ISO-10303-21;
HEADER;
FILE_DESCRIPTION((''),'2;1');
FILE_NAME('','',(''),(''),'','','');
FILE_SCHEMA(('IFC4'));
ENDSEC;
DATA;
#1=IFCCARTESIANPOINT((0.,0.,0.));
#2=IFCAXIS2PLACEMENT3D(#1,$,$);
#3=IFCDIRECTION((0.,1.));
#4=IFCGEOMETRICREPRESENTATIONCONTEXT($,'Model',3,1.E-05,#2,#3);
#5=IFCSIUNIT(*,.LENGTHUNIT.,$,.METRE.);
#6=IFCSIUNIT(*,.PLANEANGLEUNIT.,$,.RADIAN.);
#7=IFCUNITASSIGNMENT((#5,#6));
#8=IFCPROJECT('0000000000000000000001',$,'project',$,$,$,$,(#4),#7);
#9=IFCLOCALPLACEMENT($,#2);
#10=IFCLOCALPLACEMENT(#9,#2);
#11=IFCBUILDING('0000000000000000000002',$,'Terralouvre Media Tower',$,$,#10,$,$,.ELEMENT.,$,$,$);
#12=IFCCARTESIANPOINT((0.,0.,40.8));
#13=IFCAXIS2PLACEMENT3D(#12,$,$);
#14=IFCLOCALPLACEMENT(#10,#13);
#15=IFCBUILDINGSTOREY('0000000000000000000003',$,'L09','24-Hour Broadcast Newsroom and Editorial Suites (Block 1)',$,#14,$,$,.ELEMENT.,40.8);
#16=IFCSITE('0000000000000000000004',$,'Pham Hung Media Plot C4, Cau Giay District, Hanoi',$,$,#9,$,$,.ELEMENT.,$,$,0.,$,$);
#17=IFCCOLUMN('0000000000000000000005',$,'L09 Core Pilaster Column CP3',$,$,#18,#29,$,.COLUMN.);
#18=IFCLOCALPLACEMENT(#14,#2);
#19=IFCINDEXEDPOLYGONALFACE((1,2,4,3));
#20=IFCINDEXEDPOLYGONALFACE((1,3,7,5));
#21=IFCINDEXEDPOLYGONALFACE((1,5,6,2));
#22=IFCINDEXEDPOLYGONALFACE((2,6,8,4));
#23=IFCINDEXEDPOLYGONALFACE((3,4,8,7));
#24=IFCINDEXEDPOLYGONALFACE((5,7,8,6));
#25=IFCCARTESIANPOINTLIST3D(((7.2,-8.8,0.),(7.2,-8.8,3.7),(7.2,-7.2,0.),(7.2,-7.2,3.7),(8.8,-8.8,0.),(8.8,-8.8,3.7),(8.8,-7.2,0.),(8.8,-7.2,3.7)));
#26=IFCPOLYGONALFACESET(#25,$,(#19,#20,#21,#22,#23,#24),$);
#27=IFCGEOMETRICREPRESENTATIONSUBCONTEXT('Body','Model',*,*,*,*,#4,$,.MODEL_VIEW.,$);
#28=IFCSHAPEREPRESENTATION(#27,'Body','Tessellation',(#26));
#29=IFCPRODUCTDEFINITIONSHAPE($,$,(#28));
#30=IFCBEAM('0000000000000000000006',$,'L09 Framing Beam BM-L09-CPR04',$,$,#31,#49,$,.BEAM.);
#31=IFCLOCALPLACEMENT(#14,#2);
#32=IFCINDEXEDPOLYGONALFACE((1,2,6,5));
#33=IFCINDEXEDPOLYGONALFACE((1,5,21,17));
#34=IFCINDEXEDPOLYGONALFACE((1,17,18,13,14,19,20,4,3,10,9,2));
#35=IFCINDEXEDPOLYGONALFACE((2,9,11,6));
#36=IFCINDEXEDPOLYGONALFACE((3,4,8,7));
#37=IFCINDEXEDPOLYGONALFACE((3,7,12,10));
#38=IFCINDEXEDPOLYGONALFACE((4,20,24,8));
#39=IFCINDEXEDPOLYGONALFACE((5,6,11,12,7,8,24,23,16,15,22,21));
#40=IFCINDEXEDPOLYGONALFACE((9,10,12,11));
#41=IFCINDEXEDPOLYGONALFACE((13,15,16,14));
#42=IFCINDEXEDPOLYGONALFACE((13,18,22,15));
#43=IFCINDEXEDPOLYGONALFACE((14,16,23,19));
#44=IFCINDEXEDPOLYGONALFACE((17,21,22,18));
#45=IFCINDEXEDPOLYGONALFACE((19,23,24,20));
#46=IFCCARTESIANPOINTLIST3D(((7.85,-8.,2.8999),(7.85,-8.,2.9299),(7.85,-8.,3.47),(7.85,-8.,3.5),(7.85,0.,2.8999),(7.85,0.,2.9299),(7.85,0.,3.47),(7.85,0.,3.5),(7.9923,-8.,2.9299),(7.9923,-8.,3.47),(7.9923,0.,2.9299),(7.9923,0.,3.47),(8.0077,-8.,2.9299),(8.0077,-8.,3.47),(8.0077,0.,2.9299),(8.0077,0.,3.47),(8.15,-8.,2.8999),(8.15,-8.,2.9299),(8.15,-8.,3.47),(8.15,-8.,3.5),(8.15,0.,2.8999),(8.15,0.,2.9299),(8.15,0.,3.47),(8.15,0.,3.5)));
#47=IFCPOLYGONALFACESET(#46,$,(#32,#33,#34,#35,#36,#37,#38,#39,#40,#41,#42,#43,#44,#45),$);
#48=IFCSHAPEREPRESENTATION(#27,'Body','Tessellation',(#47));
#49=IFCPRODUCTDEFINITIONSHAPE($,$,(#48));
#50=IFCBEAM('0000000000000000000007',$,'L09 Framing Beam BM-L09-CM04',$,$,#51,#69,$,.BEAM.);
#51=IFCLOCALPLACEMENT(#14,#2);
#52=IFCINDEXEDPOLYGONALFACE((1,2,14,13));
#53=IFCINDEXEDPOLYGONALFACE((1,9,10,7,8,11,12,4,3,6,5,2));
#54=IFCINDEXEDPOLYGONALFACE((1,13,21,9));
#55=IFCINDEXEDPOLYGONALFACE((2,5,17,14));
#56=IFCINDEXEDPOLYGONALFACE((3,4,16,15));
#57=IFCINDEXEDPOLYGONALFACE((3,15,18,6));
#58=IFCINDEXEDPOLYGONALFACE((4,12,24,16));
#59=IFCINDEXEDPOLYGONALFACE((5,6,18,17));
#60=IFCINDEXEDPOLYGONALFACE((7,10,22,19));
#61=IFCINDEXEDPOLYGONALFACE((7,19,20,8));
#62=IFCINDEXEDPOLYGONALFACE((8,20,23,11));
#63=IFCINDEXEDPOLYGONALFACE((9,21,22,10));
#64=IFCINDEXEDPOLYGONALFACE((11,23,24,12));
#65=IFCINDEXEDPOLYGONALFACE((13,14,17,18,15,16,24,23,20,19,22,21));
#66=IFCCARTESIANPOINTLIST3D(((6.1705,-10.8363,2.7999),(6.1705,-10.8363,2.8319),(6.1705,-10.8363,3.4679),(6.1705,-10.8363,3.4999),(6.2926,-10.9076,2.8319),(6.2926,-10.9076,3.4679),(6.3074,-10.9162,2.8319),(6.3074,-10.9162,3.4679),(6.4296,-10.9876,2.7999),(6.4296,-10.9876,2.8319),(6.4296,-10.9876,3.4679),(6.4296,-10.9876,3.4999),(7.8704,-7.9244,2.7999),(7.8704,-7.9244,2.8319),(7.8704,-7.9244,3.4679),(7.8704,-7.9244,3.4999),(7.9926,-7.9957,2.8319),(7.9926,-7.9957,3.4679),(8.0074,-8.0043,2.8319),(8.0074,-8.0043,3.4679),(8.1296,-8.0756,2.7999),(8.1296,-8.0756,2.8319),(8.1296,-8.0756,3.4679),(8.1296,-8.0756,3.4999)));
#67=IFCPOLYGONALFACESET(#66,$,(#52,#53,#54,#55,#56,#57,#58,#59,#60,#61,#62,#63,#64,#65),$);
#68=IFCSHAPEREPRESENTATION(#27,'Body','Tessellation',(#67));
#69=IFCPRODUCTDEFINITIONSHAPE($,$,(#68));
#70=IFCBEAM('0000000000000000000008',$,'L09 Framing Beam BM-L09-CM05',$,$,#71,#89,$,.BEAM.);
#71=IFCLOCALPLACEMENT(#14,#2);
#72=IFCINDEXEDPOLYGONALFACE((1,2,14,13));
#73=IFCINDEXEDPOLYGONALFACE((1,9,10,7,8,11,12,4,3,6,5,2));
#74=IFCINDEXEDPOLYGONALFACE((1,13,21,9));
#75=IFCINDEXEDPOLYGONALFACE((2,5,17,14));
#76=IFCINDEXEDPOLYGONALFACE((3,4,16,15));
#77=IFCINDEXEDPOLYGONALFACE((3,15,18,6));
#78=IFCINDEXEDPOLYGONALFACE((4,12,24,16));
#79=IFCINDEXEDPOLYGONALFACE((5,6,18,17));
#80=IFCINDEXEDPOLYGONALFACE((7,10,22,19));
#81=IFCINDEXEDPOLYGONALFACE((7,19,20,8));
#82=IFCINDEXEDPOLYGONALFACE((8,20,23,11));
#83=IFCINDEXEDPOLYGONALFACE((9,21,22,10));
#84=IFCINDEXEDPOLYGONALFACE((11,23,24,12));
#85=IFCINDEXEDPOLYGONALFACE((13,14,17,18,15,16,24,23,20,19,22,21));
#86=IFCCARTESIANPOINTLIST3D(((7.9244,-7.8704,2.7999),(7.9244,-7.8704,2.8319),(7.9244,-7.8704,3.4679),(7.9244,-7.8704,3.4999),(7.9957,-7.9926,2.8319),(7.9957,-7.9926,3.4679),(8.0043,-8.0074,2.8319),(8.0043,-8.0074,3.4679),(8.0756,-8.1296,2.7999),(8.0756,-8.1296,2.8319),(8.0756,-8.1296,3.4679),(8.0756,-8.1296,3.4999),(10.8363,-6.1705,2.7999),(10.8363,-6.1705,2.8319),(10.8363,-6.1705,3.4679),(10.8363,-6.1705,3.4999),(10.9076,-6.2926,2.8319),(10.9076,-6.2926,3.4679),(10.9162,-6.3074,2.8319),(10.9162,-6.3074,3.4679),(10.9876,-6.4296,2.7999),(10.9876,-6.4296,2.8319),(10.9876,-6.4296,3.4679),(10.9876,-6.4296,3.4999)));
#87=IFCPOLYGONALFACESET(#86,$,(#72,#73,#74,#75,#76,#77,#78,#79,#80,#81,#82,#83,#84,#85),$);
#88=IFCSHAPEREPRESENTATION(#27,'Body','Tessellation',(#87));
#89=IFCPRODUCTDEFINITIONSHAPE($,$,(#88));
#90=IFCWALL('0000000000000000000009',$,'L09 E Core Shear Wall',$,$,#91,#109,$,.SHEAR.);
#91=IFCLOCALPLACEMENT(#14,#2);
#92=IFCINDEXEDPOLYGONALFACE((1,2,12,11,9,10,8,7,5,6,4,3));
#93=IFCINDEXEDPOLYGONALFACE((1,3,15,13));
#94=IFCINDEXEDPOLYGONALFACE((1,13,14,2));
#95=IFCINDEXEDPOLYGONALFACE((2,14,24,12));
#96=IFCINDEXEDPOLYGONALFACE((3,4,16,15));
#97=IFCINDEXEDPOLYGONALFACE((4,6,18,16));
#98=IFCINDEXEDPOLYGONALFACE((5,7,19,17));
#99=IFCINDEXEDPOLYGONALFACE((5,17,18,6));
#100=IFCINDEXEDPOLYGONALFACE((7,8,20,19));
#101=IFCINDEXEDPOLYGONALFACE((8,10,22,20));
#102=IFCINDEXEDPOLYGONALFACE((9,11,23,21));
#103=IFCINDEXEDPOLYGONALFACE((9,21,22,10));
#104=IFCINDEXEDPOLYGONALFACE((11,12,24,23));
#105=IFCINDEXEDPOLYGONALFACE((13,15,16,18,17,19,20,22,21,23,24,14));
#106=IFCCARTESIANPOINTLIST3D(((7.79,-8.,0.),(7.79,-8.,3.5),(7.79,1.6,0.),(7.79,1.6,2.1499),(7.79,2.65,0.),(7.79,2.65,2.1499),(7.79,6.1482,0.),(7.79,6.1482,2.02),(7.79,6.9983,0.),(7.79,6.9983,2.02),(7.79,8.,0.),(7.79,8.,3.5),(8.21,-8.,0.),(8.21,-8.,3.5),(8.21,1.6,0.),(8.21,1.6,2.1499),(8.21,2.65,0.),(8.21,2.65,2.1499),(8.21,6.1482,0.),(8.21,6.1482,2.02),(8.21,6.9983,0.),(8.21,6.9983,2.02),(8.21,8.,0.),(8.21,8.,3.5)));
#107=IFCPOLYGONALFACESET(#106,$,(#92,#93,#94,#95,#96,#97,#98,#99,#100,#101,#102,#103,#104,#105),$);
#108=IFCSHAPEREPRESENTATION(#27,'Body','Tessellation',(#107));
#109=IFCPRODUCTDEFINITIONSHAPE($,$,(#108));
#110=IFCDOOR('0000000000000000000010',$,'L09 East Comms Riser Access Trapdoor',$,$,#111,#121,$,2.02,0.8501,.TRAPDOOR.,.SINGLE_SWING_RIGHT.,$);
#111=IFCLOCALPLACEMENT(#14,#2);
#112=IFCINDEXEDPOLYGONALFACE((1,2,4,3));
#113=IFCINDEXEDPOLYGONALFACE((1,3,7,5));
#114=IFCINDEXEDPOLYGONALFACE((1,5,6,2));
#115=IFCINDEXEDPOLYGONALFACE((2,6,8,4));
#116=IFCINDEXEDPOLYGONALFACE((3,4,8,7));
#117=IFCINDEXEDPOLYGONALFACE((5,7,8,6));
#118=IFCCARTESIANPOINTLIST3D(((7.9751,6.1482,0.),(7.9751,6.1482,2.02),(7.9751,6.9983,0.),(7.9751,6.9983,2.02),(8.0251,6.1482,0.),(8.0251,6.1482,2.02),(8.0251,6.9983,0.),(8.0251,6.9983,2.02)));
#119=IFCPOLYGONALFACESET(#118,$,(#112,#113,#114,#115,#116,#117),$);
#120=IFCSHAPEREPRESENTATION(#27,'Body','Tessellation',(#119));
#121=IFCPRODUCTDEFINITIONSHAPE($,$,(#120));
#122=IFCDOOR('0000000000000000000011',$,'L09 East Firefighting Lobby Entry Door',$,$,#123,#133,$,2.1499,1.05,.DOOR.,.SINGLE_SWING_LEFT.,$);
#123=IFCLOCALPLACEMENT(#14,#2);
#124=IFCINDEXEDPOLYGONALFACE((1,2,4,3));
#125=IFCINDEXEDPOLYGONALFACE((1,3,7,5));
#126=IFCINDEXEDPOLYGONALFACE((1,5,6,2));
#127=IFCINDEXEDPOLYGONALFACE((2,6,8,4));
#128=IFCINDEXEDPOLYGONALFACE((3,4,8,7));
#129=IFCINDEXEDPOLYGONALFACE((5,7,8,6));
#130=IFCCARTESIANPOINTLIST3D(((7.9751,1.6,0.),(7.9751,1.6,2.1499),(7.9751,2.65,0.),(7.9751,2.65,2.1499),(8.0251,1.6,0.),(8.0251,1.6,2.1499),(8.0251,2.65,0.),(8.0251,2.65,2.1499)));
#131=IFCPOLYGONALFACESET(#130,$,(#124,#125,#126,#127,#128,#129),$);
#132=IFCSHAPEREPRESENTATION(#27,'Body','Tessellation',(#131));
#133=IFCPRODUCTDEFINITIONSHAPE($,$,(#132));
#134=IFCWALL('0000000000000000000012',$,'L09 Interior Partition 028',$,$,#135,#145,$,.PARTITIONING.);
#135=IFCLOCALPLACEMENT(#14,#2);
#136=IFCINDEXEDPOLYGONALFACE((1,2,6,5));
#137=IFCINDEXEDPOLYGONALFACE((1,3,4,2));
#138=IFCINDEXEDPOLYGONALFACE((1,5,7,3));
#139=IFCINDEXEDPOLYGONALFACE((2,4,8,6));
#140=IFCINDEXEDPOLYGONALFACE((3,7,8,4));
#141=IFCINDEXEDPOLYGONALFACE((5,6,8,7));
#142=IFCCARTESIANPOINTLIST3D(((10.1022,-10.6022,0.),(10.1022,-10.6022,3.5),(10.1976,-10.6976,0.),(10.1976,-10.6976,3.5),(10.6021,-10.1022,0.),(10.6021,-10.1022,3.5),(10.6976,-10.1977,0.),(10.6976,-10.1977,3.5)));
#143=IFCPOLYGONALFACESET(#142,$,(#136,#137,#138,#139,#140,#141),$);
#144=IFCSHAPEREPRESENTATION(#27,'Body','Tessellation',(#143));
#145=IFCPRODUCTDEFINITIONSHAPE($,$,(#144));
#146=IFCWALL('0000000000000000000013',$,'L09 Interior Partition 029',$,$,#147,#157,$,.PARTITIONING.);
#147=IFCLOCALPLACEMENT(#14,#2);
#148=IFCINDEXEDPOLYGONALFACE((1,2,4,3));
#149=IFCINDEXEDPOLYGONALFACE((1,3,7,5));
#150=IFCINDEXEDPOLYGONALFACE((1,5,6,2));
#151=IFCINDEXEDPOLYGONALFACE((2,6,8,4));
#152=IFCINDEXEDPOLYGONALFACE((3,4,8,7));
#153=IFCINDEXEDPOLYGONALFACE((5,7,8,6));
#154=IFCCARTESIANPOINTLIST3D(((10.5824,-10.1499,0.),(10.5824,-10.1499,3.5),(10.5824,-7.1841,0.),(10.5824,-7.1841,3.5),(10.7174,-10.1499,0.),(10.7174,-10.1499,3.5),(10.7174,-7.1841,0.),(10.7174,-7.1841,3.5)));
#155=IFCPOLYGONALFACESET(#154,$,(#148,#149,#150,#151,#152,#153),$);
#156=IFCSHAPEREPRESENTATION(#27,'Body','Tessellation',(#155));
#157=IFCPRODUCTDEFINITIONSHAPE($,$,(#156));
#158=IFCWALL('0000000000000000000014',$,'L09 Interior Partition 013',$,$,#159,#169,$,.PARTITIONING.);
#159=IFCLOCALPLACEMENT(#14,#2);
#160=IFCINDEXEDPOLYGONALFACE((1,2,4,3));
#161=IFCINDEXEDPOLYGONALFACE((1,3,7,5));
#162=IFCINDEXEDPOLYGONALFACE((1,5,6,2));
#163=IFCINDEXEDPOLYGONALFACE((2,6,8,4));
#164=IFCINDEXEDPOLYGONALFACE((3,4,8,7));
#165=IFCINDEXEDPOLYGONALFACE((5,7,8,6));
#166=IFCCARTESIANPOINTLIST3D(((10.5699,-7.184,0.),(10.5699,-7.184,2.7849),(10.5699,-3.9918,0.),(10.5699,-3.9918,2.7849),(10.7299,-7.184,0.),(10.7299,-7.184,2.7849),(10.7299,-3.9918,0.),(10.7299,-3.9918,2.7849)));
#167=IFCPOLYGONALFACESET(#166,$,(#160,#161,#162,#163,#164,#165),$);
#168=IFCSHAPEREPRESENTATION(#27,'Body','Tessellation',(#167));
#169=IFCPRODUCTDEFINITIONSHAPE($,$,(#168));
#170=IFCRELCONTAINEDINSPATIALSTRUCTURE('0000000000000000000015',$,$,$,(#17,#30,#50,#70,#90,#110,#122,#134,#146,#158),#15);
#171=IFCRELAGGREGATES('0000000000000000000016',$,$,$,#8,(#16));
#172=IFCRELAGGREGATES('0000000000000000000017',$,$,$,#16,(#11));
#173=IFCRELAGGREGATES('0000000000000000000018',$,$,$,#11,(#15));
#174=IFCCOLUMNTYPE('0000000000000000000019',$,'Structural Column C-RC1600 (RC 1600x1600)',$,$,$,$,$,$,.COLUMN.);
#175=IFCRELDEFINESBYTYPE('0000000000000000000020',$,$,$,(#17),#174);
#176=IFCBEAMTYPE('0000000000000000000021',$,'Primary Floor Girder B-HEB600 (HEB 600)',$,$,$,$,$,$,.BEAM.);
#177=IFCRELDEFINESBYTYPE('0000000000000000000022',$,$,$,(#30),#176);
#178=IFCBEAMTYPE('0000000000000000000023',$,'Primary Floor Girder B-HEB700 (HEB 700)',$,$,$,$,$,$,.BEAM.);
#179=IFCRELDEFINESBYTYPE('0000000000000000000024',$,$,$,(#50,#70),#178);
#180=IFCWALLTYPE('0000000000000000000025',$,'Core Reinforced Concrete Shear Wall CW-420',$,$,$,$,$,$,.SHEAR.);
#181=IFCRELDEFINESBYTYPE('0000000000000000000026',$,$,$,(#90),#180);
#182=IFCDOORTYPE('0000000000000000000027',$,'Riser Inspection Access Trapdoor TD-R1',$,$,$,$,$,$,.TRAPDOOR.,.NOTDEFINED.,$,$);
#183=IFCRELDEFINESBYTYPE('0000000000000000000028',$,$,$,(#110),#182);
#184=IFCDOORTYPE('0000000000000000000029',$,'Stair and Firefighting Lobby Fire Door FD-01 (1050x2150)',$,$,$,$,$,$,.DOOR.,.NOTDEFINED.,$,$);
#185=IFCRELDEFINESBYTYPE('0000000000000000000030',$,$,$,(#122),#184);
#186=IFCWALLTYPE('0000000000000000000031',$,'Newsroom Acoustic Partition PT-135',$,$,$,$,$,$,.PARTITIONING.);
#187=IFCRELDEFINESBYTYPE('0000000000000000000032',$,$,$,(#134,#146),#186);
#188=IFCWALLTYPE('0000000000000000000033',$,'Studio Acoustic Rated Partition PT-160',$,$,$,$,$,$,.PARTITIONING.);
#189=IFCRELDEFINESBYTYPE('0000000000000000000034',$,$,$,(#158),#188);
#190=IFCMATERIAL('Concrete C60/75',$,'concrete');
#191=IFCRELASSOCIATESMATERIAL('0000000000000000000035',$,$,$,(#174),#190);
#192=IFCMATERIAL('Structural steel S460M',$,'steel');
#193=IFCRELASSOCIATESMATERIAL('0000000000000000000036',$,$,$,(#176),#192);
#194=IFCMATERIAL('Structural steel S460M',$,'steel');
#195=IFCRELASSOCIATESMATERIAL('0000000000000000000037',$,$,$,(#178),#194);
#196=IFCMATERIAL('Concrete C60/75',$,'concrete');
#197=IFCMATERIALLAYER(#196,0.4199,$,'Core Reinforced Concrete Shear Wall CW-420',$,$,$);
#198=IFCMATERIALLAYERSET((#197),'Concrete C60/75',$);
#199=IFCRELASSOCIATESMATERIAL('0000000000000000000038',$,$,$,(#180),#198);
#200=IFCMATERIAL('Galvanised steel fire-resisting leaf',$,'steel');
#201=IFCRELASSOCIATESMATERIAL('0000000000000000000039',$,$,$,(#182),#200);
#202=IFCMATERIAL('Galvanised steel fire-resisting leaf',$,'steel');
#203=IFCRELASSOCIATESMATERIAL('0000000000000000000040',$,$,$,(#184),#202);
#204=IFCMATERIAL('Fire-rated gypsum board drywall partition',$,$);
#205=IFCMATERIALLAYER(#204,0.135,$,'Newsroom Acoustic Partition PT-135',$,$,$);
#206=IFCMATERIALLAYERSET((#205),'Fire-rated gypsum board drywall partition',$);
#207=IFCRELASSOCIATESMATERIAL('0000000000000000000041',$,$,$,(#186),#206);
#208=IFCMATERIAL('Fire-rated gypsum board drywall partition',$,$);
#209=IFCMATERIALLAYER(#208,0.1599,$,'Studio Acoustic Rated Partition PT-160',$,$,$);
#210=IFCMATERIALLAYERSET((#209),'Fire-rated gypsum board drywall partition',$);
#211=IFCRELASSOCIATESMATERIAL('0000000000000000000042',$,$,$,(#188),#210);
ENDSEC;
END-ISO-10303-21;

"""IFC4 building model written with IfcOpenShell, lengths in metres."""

from ifc_helpers import new_model, si_unit, direction, frame, frame_2d, origin, origin_2d, place, context, subcontext, project, spatial, rectangle, i_section, extrude, material, layer, layer_set, material_profile, profile_set, type_object, element, fill, save


model = new_model("IFC4")

# Units and contexts
model_context = context("Model", 3, precision=1e-05, world=origin(), true_north=direction((0.0, 1.0)))
body_context = subcontext(model_context, "Body", "Model", "MODEL_VIEW")
ifc_project = project(units=[si_unit("LENGTHUNIT", "METRE"), si_unit("PLANEANGLEUNIT", "RADIAN")], contexts=[model_context])

# Site, building, storey
site_placement = place(None, origin())
site = spatial("IfcSite", under=ifc_project, at=site_placement, Name="Pham Hung Media Plot C4, Cau Giay District, Hanoi", CompositionType="ELEMENT", RefElevation=0.0)
building_placement = place(site_placement, origin())
building = spatial("IfcBuilding", under=site, at=building_placement, Name="Terralouvre Media Tower", CompositionType="ELEMENT")
storey_placement = place(building_placement, frame((0.0, 0.0, 40.8)))
storey = spatial("IfcBuildingStorey", under=building, at=storey_placement, Name="L09", Description="24-Hour Broadcast Newsroom and Editorial Suites (Block 1)", CompositionType="ELEMENT", Elevation=40.8)

# Column
ifc_material_1 = material(Name="Concrete C60/75", Category="concrete")
ifc_material_profile_1 = material_profile(ifc_material_1, rectangle(XDim=1.6001, YDim=1.6001, at=origin_2d()), Name="RC 1600x1600")
ifc_profile_set_1 = profile_set([ifc_material_profile_1], Name="Concrete C60/75")
column_type = type_object("IfcColumnType", Name="Structural Column C-RC1600 (RC 1600x1600)", PredefinedType="COLUMN", material=ifc_profile_set_1)
column_placement = place(storey_placement, frame((8.0, -8.0, 0.0), z_axis=(0.0, 0.0, 1.0), x_axis=(1.0, 0.0, 0.0)))
element("IfcColumn", 1, at=column_placement, inside=storey, type_object=column_type, Name="L09 Core Pilaster Column CP3", PredefinedType="COLUMN", context=body_context, shape_type="SweptSolid", body=[
    extrude(rectangle(XDim=1.6001, YDim=1.6001, at=origin_2d()), origin(), (0.0, 0.0, 1.0), 3.7),
])

# Beams
ifc_material_2 = material(Name="Structural steel S460M", Category="steel")
ifc_material_profile_2 = material_profile(ifc_material_2, i_section(OverallWidth=0.3, OverallDepth=0.6001, WebThickness=0.0154, FlangeThickness=0.03, at=origin_2d()), Name="HEB 600")
ifc_profile_set_2 = profile_set([ifc_material_profile_2], Name="Structural steel S460M")
beam_type_1 = type_object("IfcBeamType", Name="Primary Floor Girder B-HEB600 (HEB 600)", PredefinedType="BEAM", material=ifc_profile_set_2)
beam_placement = place(storey_placement, frame((8.0, -8.0, 3.2), z_axis=(0.0, 1.0, 0.0), x_axis=(-1.0, 0.0, 0.0)))
element("IfcBeam", 2, at=beam_placement, inside=storey, type_object=beam_type_1, Name="L09 Framing Beam BM-L09-CPR04", PredefinedType="BEAM", context=body_context, shape_type="SweptSolid", body=[
    extrude(i_section(OverallWidth=0.3, OverallDepth=0.6001, WebThickness=0.0154, FlangeThickness=0.03, at=origin_2d()), origin(), (0.0, 0.0, 1.0), 8.0),
])
ifc_material_3 = material(Name="Structural steel S460M", Category="steel")
ifc_material_profile_3 = material_profile(ifc_material_3, i_section(OverallWidth=0.3, OverallDepth=0.7, WebThickness=0.0171, FlangeThickness=0.032, at=origin_2d()), Name="HEB 700")
ifc_profile_set_3 = profile_set([ifc_material_profile_3], Name="Structural steel S460M")
beam_type_2 = type_object("IfcBeamType", Name="Primary Floor Girder B-HEB700 (HEB 700)", PredefinedType="BEAM", material=ifc_profile_set_3)
for number, where, z_axis, x_axis, name in (
    (3, (8.0, -8.0, 3.1499), (-0.504173, -0.863603, 0.0), (0.863603, -0.504173, 0.0), "L09 Framing Beam BM-L09-CM04"),
    (4, (8.0, -8.0, 3.1499), (0.863603, 0.504173, 0.0), (-0.504173, 0.863603, 0.0), "L09 Framing Beam BM-L09-CM05"),
):
    element("IfcBeam", number, at=place(storey_placement, frame(where, z_axis=z_axis, x_axis=x_axis)), inside=storey, type_object=beam_type_2, Name=name, PredefinedType="BEAM", context=body_context, shape_type="SweptSolid", body=[
        extrude(i_section(OverallWidth=0.3, OverallDepth=0.7, WebThickness=0.0171, FlangeThickness=0.032, at=origin_2d()), origin(), (0.0, 0.0, 1.0), 3.3718),
    ])

# Wall, openings, doors
ifc_material_4 = material(Name="Concrete C60/75", Category="concrete")
ifc_layer_1 = layer(ifc_material_4, 0.4199, Name="Core Reinforced Concrete Shear Wall CW-420")
ifc_layer_set_1 = layer_set([ifc_layer_1], Name="Concrete C60/75")
wall_type_1 = type_object("IfcWallType", Name="Core Reinforced Concrete Shear Wall CW-420", PredefinedType="SHEAR", material=ifc_layer_set_1)
wall_1_placement = place(storey_placement, frame((8.0, -8.0, 0.0), z_axis=(0.0, 0.0, 1.0), x_axis=(0.0, 1.0, 0.0)))
wall_1 = element("IfcWall", 5, at=wall_1_placement, inside=storey, type_object=wall_type_1, Name="L09 E Core Shear Wall", PredefinedType="SHEAR", context=body_context, shape_type="SweptSolid", body=[
    extrude(rectangle(XDim=16.0, YDim=0.4199, at=frame_2d((8.0, 0.0))), origin(), (0.0, 0.0, 1.0), 3.5),
])
opening_1_placement = place(wall_1_placement, frame((9.6001, 0.0, 0.0)))
opening_1 = element("IfcOpeningElement", 6, at=opening_1_placement, cuts=wall_1, PredefinedType="OPENING", context=body_context, shape_type="SweptSolid", body=[
    extrude(rectangle(XDim=1.05, YDim=2.1499, at=frame_2d((0.5249, 1.075))), frame((0.0, 0.22, 0.0), z_axis=(0.0, -1.0, 0.0), x_axis=(1.0, 0.0, 0.0)), (0.0, 0.0, 1.0), 0.4399),
])
opening_2_placement = place(wall_1_placement, frame((14.1482, 0.0, 0.0)))
opening_2 = element("IfcOpeningElement", 7, at=opening_2_placement, cuts=wall_1, PredefinedType="OPENING", context=body_context, shape_type="SweptSolid", body=[
    extrude(rectangle(XDim=0.8501, YDim=2.02, at=frame_2d((0.425, 1.01))), frame((0.0, 0.22, 0.0), z_axis=(0.0, -1.0, 0.0), x_axis=(1.0, 0.0, 0.0)), (0.0, 0.0, 1.0), 0.4399),
])
ifc_material_5 = material(Name="Galvanised steel fire-resisting leaf", Category="steel")
door_type_1 = type_object("IfcDoorType", Name="Riser Inspection Access Trapdoor TD-R1", OperationType="NOTDEFINED", PredefinedType="TRAPDOOR", material=ifc_material_5)
door_1_placement = place(opening_2_placement, origin())
door_1 = element("IfcDoor", 8, at=door_1_placement, inside=storey, type_object=door_type_1, Name="L09 East Comms Riser Access Trapdoor", OperationType="SINGLE_SWING_RIGHT", OverallHeight=2.02, OverallWidth=0.8501, PredefinedType="TRAPDOOR", context=body_context, shape_type="SweptSolid", body=[
    extrude(rectangle(XDim=0.8501, YDim=2.02, at=frame_2d((0.425, 1.01))), frame((0.0, 0.0249, 0.0), z_axis=(0.0, -1.0, 0.0), x_axis=(1.0, 0.0, 0.0)), (0.0, 0.0, 1.0), 0.05),
])
fill(opening_2, door_1)
ifc_material_6 = material(Name="Galvanised steel fire-resisting leaf", Category="steel")
door_type_2 = type_object("IfcDoorType", Name="Stair and Firefighting Lobby Fire Door FD-01 (1050x2150)", OperationType="NOTDEFINED", PredefinedType="DOOR", material=ifc_material_6)
door_2_placement = place(opening_1_placement, origin())
door_2 = element("IfcDoor", 9, at=door_2_placement, inside=storey, type_object=door_type_2, Name="L09 East Firefighting Lobby Entry Door", OperationType="SINGLE_SWING_LEFT", OverallHeight=2.1499, OverallWidth=1.05, PredefinedType="DOOR", context=body_context, shape_type="SweptSolid", body=[
    extrude(rectangle(XDim=1.05, YDim=2.1499, at=frame_2d((0.5249, 1.075))), frame((0.0, 0.0249, 0.0), z_axis=(0.0, -1.0, 0.0), x_axis=(1.0, 0.0, 0.0)), (0.0, 0.0, 1.0), 0.05),
])
fill(opening_1, door_2)

# Walls
ifc_material_7 = material(Name="Fire-rated gypsum board drywall partition")
ifc_layer_2 = layer(ifc_material_7, 0.135, Name="Newsroom Acoustic Partition PT-135")
ifc_layer_set_2 = layer_set([ifc_layer_2], Name="Fire-rated gypsum board drywall partition")
wall_type_2 = type_object("IfcWallType", Name="Newsroom Acoustic Partition PT-135", PredefinedType="PARTITIONING", material=ifc_layer_set_2)
wall_2_placement = place(storey_placement, frame((10.1499, -10.6499, 0.0), z_axis=(0.0, 0.0, 1.0), x_axis=(0.707107, 0.707107, 0.0)))
element("IfcWall", 10, at=wall_2_placement, inside=storey, type_object=wall_type_2, Name="L09 Interior Partition 028", PredefinedType="PARTITIONING", context=body_context, shape_type="SweptSolid", body=[
    extrude(rectangle(XDim=0.707, YDim=0.135, at=frame_2d((0.3535, 0.0))), origin(), (0.0, 0.0, 1.0), 3.5),
])
wall_3_placement = place(storey_placement, frame((10.6499, -10.1499, 0.0), z_axis=(0.0, 0.0, 1.0), x_axis=(0.0, 1.0, 0.0)))
element("IfcWall", 11, at=wall_3_placement, inside=storey, type_object=wall_type_2, Name="L09 Interior Partition 029", PredefinedType="PARTITIONING", context=body_context, shape_type="SweptSolid", body=[
    extrude(rectangle(XDim=2.9658, YDim=0.135, at=frame_2d((1.4829, 0.0))), origin(), (0.0, 0.0, 1.0), 3.5),
])
ifc_material_8 = material(Name="Fire-rated gypsum board drywall partition")
ifc_layer_3 = layer(ifc_material_8, 0.1599, Name="Studio Acoustic Rated Partition PT-160")
ifc_layer_set_3 = layer_set([ifc_layer_3], Name="Fire-rated gypsum board drywall partition")
wall_type_3 = type_object("IfcWallType", Name="Studio Acoustic Rated Partition PT-160", PredefinedType="PARTITIONING", material=ifc_layer_set_3)
wall_4_placement = place(storey_placement, frame((10.6499, -7.1841, 0.0), z_axis=(0.0, 0.0, 1.0), x_axis=(0.0, 1.0, 0.0)))
element("IfcWall", 12, at=wall_4_placement, inside=storey, type_object=wall_type_3, Name="L09 Interior Partition 013", PredefinedType="PARTITIONING", context=body_context, shape_type="SweptSolid", body=[
    extrude(rectangle(XDim=3.1921, YDim=0.1599, at=frame_2d((1.5962, 0.0))), origin(), (0.0, 0.0, 1.0), 2.7849),
])

save(model, "model.ifc")
